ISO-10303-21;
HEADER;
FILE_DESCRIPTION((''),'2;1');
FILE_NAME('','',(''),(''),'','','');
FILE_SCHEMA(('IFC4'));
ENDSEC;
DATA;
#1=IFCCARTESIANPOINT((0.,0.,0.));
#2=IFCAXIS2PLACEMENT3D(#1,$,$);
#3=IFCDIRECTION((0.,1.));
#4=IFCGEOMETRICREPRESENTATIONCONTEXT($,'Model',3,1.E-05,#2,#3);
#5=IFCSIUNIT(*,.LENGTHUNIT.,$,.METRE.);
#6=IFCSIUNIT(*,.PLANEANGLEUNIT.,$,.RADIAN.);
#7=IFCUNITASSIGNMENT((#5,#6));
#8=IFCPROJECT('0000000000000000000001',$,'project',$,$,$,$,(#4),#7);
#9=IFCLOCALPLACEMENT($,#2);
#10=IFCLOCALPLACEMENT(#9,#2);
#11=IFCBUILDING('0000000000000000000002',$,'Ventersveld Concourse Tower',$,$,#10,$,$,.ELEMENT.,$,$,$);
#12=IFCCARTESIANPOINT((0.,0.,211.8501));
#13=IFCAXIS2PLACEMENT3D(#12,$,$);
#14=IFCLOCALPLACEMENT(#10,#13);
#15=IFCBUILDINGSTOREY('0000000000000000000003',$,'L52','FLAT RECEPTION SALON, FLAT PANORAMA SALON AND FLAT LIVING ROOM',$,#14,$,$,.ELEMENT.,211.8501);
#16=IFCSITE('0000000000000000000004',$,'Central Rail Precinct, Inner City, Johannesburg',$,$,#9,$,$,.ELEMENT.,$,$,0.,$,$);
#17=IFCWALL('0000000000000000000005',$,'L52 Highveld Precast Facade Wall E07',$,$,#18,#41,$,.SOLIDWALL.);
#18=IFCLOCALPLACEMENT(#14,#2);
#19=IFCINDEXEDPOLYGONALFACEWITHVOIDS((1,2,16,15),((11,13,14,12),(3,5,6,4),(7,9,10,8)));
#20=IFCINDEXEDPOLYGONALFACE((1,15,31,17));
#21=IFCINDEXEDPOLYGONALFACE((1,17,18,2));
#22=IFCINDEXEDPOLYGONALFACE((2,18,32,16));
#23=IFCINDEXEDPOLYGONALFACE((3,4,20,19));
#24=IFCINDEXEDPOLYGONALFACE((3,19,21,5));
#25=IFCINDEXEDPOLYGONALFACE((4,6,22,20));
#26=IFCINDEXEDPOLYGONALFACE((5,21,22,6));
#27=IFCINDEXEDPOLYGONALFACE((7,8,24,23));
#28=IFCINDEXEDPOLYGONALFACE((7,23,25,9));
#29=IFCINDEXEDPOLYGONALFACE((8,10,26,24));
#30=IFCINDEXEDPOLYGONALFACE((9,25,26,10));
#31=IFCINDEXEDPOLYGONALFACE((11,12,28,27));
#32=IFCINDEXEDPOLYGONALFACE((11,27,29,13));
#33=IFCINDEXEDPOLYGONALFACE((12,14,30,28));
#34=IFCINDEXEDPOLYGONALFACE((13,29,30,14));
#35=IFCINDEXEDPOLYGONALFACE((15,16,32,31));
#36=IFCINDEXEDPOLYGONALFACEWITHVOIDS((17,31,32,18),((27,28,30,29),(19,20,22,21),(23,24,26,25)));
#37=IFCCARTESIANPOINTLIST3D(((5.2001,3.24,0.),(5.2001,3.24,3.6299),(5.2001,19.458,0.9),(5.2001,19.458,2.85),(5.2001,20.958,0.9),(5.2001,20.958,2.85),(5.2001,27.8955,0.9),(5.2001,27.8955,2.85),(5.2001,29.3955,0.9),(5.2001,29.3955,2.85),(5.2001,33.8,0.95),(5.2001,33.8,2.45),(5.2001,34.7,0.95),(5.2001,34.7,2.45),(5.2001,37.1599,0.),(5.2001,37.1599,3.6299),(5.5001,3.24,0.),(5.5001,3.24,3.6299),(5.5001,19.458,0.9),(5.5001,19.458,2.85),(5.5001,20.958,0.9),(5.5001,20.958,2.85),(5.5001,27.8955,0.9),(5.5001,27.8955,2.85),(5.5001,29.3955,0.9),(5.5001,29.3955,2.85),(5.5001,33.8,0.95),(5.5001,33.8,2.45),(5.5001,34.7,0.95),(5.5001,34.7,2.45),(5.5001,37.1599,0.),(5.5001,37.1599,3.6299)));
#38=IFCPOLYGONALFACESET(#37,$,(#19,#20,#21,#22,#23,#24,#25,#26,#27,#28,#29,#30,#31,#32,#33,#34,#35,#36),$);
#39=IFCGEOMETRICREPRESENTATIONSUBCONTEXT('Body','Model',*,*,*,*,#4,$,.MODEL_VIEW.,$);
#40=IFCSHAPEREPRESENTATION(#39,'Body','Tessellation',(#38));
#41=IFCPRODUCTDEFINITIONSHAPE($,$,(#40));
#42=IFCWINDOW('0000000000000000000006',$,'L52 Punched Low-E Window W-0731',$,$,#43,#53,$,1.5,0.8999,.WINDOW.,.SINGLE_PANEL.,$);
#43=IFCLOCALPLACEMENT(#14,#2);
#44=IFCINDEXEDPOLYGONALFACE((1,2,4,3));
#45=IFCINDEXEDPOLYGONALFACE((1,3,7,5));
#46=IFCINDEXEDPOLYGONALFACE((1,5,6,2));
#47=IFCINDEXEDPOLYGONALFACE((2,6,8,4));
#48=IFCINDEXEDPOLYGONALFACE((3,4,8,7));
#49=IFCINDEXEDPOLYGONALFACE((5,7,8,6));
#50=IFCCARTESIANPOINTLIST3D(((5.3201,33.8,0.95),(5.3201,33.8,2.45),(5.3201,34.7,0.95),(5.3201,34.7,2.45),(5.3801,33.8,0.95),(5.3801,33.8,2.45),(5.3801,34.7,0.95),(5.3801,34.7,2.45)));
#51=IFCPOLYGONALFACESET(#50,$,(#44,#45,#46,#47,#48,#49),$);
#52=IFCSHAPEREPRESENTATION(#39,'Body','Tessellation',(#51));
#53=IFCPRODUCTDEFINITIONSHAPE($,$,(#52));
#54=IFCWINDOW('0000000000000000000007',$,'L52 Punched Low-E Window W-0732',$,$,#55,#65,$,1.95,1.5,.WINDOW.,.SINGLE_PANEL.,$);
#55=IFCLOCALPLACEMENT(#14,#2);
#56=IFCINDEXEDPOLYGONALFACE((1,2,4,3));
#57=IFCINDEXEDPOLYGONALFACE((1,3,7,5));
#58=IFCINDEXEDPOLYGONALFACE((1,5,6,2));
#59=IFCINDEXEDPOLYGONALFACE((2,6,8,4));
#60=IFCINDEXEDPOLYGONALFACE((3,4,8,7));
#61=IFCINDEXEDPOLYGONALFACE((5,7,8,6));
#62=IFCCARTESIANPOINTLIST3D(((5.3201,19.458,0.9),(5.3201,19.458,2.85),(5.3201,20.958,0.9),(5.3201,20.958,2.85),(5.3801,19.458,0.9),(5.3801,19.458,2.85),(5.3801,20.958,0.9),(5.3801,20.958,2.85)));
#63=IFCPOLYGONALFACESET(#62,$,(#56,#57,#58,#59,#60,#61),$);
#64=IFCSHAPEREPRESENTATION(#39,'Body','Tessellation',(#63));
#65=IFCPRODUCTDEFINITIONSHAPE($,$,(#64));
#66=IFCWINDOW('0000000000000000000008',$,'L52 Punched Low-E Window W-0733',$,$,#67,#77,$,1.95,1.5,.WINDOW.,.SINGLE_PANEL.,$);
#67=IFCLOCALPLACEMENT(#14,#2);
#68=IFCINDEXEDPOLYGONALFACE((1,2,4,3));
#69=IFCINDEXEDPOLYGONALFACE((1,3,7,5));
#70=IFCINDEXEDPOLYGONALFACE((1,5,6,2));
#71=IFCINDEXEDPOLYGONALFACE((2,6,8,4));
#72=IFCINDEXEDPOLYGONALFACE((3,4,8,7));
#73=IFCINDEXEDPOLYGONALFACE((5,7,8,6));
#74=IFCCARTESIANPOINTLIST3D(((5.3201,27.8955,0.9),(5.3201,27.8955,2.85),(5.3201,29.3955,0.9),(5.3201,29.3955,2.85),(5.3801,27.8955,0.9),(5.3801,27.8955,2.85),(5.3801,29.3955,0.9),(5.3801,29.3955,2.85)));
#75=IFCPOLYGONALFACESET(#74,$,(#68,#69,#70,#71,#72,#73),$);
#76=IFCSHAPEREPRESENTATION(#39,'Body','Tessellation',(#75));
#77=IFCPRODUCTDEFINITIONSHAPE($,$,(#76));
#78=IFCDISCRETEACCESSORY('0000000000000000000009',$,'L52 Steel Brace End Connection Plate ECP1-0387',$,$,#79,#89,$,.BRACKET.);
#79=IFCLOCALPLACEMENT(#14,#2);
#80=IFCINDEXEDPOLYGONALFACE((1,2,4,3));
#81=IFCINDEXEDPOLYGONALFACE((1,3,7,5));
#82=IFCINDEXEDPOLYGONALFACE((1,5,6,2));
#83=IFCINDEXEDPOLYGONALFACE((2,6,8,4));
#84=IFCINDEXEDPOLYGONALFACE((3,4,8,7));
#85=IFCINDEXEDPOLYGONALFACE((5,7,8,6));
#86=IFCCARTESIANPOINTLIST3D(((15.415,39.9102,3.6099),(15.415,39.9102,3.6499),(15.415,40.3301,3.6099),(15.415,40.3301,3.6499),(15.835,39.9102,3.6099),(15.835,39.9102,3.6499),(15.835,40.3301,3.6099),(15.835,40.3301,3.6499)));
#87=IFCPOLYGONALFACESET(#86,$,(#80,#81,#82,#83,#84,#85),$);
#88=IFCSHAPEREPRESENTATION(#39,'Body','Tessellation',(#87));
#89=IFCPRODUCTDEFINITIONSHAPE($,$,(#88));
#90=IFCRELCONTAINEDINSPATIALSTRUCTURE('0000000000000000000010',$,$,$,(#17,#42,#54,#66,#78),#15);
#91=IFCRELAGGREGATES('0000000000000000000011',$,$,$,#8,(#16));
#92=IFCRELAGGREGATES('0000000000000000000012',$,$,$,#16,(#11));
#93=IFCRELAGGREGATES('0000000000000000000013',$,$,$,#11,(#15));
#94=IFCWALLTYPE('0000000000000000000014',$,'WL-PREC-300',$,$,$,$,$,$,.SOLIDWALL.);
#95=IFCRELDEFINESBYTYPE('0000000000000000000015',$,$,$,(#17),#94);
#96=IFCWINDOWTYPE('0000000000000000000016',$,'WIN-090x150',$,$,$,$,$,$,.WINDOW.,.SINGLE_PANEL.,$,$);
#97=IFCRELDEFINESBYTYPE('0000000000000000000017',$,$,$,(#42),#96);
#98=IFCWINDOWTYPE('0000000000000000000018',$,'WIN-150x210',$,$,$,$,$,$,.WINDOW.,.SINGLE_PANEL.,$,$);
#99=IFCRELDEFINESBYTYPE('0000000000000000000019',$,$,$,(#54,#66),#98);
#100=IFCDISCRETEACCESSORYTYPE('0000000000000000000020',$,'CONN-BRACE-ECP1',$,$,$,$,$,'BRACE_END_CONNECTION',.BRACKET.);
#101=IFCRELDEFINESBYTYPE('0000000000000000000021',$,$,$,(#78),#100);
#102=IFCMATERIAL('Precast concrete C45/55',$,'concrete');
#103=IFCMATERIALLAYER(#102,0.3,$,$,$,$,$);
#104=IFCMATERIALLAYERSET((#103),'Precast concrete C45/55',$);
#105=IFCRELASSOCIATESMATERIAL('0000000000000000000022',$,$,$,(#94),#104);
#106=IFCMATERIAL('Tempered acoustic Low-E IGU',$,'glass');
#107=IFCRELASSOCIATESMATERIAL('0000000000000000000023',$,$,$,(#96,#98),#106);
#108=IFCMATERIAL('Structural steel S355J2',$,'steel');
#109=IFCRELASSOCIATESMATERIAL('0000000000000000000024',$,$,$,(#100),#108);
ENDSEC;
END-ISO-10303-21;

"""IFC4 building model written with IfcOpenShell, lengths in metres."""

from ifc_helpers import new_model, si_unit, direction, frame, frame_2d, origin, origin_2d, place, context, subcontext, project, spatial, rectangle, extrude, material, layer, layer_set, type_object, element, fill, save


model = new_model("IFC4")

# Units and contexts
model_context = context("Model", 3, precision=1e-05, world=origin(), true_north=direction((0.0, 1.0)))
body_context = subcontext(model_context, "Body", "Model", "MODEL_VIEW")
ifc_project = project(units=[si_unit("LENGTHUNIT", "METRE"), si_unit("PLANEANGLEUNIT", "RADIAN")], contexts=[model_context])

# Site, building, storey
site_placement = place(None, origin())
site = spatial("IfcSite", under=ifc_project, at=site_placement, Name="Central Rail Precinct, Inner City, Johannesburg", CompositionType="ELEMENT", RefElevation=0.0)
building_placement = place(site_placement, origin())
building = spatial("IfcBuilding", under=site, at=building_placement, Name="Ventersveld Concourse Tower", CompositionType="ELEMENT")
storey_placement = place(building_placement, frame((0.0, 0.0, 211.8501)))
storey = spatial("IfcBuildingStorey", under=building, at=storey_placement, Name="L52", Description="FLAT RECEPTION SALON, FLAT PANORAMA SALON AND FLAT LIVING ROOM", CompositionType="ELEMENT", Elevation=211.8501)

# Shared definitions
ifc_material_1 = material(Name="Structural steel S355J2", Category="steel")

# Shared definitions
ifc_material_2 = material(Name="Precast concrete C45/55", Category="concrete")
ifc_layer_1 = layer(ifc_material_2, 0.3)
ifc_layer_set_1 = layer_set([ifc_layer_1], Name="Precast concrete C45/55")
wall_type_1 = type_object("IfcWallType", Name="WL-PREC-300", PredefinedType="SOLIDWALL", material=ifc_layer_set_1)

# Wall, openings, windows
wall_1_placement = place(storey_placement, frame((5.3501, 37.1599, 0.0), z_axis=(0.0, 0.0, 1.0), x_axis=(0.0, -1.0, 0.0)))
wall_1 = element("IfcWall", 1, at=wall_1_placement, inside=storey, type_object=wall_type_1, Name="L52 Highveld Precast Facade Wall E07", PredefinedType="SOLIDWALL", context=body_context, shape_type="SweptSolid", body=[
    extrude(rectangle(XDim=33.9199, YDim=0.3, at=frame_2d((16.96, 0.0))), origin(), (0.0, 0.0, 1.0), 3.6299),
])
opening_1_placement = place(wall_1_placement, frame((2.46, 0.0, 0.95)))
opening_1 = element("IfcOpeningElement", 2, at=opening_1_placement, cuts=wall_1, PredefinedType="OPENING", context=body_context, shape_type="SweptSolid", body=[
    extrude(rectangle(XDim=0.8999, YDim=1.5, at=frame_2d((0.45, 0.75))), frame((0.0, 0.1602, 0.0), z_axis=(0.0, -1.0, 0.0), x_axis=(1.0, 0.0, 0.0)), (0.0, 0.0, 1.0), 0.3201),
])
opening_2_placement = place(wall_1_placement, frame((16.2019, 0.0, 0.8999)))
opening_2 = element("IfcOpeningElement", 3, at=opening_2_placement, cuts=wall_1, PredefinedType="OPENING", context=body_context, shape_type="SweptSolid", body=[
    extrude(rectangle(XDim=1.5, YDim=1.95, at=frame_2d((0.75, 0.9751))), frame((0.0, 0.1602, 0.0), z_axis=(0.0, -1.0, 0.0), x_axis=(1.0, 0.0, 0.0)), (0.0, 0.0, 1.0), 0.3201),
])
opening_3_placement = place(wall_1_placement, frame((7.7644, 0.0, 0.8999)))
opening_3 = element("IfcOpeningElement", 4, at=opening_3_placement, cuts=wall_1, PredefinedType="OPENING", context=body_context, shape_type="SweptSolid", body=[
    extrude(rectangle(XDim=1.5, YDim=1.95, at=frame_2d((0.75, 0.9751))), frame((0.0, 0.1602, 0.0), z_axis=(0.0, -1.0, 0.0), x_axis=(1.0, 0.0, 0.0)), (0.0, 0.0, 1.0), 0.3201),
])
ifc_material_3 = material(Name="Tempered acoustic Low-E IGU", Category="glass")
window_type_1 = type_object("IfcWindowType", Name="WIN-090x150", PartitioningType="SINGLE_PANEL", PredefinedType="WINDOW", material=ifc_material_3)
window_1_placement = place(opening_1_placement, origin())
window_1 = element("IfcWindow", 5, at=window_1_placement, inside=storey, type_object=window_type_1, Name="L52 Punched Low-E Window W-0731", OverallHeight=1.5, OverallWidth=0.8999, PartitioningType="SINGLE_PANEL", PredefinedType="WINDOW", context=body_context, shape_type="SweptSolid", body=[
    extrude(rectangle(XDim=0.8999, YDim=1.5, at=frame_2d((0.45, 0.75))), frame((0.0, 0.03, 0.0), z_axis=(0.0, -1.0, 0.0), x_axis=(1.0, 0.0, 0.0)), (0.0, 0.0, 1.0), 0.0601),
])
fill(opening_1, window_1)
window_type_2 = type_object("IfcWindowType", Name="WIN-150x210", PartitioningType="SINGLE_PANEL", PredefinedType="WINDOW", material=ifc_material_3)
window_2_placement = place(opening_2_placement, origin())
window_2 = element("IfcWindow", 6, at=window_2_placement, inside=storey, type_object=window_type_2, Name="L52 Punched Low-E Window W-0732", OverallHeight=1.95, OverallWidth=1.5, PartitioningType="SINGLE_PANEL", PredefinedType="WINDOW", context=body_context, shape_type="SweptSolid", body=[
    extrude(rectangle(XDim=1.5, YDim=1.95, at=frame_2d((0.75, 0.9751))), frame((0.0, 0.03, 0.0), z_axis=(0.0, -1.0, 0.0), x_axis=(1.0, 0.0, 0.0)), (0.0, 0.0, 1.0), 0.0601),
])
fill(opening_2, window_2)
window_3_placement = place(opening_3_placement, origin())
window_3 = element("IfcWindow", 7, at=window_3_placement, inside=storey, type_object=window_type_2, Name="L52 Punched Low-E Window W-0733", OverallHeight=1.95, OverallWidth=1.5, PartitioningType="SINGLE_PANEL", PredefinedType="WINDOW", context=body_context, shape_type="SweptSolid", body=[
    extrude(rectangle(XDim=1.5, YDim=1.95, at=frame_2d((0.75, 0.9751))), frame((0.0, 0.03, 0.0), z_axis=(0.0, -1.0, 0.0), x_axis=(1.0, 0.0, 0.0)), (0.0, 0.0, 1.0), 0.0601),
])
fill(opening_3, window_3)

# Discrete accessory
discrete_accessory_type = type_object("IfcDiscreteAccessoryType", Name="CONN-BRACE-ECP1", ElementType="BRACE_END_CONNECTION", PredefinedType="BRACKET", material=ifc_material_1)
discrete_accessory_placement = place(storey_placement, frame((15.625, 40.1201, 3.6099), z_axis=(0.0, 0.0, 1.0), x_axis=(1.0, 0.0, 0.0)))
element("IfcDiscreteAccessory", 8, at=discrete_accessory_placement, inside=storey, type_object=discrete_accessory_type, Name="L52 Steel Brace End Connection Plate ECP1-0387", PredefinedType="BRACKET", context=body_context, shape_type="SweptSolid", body=[
    extrude(rectangle(XDim=0.4199, YDim=0.4199, at=origin_2d()), origin(), (0.0, 0.0, 1.0), 0.04),
])

save(model, "model.ifc")
